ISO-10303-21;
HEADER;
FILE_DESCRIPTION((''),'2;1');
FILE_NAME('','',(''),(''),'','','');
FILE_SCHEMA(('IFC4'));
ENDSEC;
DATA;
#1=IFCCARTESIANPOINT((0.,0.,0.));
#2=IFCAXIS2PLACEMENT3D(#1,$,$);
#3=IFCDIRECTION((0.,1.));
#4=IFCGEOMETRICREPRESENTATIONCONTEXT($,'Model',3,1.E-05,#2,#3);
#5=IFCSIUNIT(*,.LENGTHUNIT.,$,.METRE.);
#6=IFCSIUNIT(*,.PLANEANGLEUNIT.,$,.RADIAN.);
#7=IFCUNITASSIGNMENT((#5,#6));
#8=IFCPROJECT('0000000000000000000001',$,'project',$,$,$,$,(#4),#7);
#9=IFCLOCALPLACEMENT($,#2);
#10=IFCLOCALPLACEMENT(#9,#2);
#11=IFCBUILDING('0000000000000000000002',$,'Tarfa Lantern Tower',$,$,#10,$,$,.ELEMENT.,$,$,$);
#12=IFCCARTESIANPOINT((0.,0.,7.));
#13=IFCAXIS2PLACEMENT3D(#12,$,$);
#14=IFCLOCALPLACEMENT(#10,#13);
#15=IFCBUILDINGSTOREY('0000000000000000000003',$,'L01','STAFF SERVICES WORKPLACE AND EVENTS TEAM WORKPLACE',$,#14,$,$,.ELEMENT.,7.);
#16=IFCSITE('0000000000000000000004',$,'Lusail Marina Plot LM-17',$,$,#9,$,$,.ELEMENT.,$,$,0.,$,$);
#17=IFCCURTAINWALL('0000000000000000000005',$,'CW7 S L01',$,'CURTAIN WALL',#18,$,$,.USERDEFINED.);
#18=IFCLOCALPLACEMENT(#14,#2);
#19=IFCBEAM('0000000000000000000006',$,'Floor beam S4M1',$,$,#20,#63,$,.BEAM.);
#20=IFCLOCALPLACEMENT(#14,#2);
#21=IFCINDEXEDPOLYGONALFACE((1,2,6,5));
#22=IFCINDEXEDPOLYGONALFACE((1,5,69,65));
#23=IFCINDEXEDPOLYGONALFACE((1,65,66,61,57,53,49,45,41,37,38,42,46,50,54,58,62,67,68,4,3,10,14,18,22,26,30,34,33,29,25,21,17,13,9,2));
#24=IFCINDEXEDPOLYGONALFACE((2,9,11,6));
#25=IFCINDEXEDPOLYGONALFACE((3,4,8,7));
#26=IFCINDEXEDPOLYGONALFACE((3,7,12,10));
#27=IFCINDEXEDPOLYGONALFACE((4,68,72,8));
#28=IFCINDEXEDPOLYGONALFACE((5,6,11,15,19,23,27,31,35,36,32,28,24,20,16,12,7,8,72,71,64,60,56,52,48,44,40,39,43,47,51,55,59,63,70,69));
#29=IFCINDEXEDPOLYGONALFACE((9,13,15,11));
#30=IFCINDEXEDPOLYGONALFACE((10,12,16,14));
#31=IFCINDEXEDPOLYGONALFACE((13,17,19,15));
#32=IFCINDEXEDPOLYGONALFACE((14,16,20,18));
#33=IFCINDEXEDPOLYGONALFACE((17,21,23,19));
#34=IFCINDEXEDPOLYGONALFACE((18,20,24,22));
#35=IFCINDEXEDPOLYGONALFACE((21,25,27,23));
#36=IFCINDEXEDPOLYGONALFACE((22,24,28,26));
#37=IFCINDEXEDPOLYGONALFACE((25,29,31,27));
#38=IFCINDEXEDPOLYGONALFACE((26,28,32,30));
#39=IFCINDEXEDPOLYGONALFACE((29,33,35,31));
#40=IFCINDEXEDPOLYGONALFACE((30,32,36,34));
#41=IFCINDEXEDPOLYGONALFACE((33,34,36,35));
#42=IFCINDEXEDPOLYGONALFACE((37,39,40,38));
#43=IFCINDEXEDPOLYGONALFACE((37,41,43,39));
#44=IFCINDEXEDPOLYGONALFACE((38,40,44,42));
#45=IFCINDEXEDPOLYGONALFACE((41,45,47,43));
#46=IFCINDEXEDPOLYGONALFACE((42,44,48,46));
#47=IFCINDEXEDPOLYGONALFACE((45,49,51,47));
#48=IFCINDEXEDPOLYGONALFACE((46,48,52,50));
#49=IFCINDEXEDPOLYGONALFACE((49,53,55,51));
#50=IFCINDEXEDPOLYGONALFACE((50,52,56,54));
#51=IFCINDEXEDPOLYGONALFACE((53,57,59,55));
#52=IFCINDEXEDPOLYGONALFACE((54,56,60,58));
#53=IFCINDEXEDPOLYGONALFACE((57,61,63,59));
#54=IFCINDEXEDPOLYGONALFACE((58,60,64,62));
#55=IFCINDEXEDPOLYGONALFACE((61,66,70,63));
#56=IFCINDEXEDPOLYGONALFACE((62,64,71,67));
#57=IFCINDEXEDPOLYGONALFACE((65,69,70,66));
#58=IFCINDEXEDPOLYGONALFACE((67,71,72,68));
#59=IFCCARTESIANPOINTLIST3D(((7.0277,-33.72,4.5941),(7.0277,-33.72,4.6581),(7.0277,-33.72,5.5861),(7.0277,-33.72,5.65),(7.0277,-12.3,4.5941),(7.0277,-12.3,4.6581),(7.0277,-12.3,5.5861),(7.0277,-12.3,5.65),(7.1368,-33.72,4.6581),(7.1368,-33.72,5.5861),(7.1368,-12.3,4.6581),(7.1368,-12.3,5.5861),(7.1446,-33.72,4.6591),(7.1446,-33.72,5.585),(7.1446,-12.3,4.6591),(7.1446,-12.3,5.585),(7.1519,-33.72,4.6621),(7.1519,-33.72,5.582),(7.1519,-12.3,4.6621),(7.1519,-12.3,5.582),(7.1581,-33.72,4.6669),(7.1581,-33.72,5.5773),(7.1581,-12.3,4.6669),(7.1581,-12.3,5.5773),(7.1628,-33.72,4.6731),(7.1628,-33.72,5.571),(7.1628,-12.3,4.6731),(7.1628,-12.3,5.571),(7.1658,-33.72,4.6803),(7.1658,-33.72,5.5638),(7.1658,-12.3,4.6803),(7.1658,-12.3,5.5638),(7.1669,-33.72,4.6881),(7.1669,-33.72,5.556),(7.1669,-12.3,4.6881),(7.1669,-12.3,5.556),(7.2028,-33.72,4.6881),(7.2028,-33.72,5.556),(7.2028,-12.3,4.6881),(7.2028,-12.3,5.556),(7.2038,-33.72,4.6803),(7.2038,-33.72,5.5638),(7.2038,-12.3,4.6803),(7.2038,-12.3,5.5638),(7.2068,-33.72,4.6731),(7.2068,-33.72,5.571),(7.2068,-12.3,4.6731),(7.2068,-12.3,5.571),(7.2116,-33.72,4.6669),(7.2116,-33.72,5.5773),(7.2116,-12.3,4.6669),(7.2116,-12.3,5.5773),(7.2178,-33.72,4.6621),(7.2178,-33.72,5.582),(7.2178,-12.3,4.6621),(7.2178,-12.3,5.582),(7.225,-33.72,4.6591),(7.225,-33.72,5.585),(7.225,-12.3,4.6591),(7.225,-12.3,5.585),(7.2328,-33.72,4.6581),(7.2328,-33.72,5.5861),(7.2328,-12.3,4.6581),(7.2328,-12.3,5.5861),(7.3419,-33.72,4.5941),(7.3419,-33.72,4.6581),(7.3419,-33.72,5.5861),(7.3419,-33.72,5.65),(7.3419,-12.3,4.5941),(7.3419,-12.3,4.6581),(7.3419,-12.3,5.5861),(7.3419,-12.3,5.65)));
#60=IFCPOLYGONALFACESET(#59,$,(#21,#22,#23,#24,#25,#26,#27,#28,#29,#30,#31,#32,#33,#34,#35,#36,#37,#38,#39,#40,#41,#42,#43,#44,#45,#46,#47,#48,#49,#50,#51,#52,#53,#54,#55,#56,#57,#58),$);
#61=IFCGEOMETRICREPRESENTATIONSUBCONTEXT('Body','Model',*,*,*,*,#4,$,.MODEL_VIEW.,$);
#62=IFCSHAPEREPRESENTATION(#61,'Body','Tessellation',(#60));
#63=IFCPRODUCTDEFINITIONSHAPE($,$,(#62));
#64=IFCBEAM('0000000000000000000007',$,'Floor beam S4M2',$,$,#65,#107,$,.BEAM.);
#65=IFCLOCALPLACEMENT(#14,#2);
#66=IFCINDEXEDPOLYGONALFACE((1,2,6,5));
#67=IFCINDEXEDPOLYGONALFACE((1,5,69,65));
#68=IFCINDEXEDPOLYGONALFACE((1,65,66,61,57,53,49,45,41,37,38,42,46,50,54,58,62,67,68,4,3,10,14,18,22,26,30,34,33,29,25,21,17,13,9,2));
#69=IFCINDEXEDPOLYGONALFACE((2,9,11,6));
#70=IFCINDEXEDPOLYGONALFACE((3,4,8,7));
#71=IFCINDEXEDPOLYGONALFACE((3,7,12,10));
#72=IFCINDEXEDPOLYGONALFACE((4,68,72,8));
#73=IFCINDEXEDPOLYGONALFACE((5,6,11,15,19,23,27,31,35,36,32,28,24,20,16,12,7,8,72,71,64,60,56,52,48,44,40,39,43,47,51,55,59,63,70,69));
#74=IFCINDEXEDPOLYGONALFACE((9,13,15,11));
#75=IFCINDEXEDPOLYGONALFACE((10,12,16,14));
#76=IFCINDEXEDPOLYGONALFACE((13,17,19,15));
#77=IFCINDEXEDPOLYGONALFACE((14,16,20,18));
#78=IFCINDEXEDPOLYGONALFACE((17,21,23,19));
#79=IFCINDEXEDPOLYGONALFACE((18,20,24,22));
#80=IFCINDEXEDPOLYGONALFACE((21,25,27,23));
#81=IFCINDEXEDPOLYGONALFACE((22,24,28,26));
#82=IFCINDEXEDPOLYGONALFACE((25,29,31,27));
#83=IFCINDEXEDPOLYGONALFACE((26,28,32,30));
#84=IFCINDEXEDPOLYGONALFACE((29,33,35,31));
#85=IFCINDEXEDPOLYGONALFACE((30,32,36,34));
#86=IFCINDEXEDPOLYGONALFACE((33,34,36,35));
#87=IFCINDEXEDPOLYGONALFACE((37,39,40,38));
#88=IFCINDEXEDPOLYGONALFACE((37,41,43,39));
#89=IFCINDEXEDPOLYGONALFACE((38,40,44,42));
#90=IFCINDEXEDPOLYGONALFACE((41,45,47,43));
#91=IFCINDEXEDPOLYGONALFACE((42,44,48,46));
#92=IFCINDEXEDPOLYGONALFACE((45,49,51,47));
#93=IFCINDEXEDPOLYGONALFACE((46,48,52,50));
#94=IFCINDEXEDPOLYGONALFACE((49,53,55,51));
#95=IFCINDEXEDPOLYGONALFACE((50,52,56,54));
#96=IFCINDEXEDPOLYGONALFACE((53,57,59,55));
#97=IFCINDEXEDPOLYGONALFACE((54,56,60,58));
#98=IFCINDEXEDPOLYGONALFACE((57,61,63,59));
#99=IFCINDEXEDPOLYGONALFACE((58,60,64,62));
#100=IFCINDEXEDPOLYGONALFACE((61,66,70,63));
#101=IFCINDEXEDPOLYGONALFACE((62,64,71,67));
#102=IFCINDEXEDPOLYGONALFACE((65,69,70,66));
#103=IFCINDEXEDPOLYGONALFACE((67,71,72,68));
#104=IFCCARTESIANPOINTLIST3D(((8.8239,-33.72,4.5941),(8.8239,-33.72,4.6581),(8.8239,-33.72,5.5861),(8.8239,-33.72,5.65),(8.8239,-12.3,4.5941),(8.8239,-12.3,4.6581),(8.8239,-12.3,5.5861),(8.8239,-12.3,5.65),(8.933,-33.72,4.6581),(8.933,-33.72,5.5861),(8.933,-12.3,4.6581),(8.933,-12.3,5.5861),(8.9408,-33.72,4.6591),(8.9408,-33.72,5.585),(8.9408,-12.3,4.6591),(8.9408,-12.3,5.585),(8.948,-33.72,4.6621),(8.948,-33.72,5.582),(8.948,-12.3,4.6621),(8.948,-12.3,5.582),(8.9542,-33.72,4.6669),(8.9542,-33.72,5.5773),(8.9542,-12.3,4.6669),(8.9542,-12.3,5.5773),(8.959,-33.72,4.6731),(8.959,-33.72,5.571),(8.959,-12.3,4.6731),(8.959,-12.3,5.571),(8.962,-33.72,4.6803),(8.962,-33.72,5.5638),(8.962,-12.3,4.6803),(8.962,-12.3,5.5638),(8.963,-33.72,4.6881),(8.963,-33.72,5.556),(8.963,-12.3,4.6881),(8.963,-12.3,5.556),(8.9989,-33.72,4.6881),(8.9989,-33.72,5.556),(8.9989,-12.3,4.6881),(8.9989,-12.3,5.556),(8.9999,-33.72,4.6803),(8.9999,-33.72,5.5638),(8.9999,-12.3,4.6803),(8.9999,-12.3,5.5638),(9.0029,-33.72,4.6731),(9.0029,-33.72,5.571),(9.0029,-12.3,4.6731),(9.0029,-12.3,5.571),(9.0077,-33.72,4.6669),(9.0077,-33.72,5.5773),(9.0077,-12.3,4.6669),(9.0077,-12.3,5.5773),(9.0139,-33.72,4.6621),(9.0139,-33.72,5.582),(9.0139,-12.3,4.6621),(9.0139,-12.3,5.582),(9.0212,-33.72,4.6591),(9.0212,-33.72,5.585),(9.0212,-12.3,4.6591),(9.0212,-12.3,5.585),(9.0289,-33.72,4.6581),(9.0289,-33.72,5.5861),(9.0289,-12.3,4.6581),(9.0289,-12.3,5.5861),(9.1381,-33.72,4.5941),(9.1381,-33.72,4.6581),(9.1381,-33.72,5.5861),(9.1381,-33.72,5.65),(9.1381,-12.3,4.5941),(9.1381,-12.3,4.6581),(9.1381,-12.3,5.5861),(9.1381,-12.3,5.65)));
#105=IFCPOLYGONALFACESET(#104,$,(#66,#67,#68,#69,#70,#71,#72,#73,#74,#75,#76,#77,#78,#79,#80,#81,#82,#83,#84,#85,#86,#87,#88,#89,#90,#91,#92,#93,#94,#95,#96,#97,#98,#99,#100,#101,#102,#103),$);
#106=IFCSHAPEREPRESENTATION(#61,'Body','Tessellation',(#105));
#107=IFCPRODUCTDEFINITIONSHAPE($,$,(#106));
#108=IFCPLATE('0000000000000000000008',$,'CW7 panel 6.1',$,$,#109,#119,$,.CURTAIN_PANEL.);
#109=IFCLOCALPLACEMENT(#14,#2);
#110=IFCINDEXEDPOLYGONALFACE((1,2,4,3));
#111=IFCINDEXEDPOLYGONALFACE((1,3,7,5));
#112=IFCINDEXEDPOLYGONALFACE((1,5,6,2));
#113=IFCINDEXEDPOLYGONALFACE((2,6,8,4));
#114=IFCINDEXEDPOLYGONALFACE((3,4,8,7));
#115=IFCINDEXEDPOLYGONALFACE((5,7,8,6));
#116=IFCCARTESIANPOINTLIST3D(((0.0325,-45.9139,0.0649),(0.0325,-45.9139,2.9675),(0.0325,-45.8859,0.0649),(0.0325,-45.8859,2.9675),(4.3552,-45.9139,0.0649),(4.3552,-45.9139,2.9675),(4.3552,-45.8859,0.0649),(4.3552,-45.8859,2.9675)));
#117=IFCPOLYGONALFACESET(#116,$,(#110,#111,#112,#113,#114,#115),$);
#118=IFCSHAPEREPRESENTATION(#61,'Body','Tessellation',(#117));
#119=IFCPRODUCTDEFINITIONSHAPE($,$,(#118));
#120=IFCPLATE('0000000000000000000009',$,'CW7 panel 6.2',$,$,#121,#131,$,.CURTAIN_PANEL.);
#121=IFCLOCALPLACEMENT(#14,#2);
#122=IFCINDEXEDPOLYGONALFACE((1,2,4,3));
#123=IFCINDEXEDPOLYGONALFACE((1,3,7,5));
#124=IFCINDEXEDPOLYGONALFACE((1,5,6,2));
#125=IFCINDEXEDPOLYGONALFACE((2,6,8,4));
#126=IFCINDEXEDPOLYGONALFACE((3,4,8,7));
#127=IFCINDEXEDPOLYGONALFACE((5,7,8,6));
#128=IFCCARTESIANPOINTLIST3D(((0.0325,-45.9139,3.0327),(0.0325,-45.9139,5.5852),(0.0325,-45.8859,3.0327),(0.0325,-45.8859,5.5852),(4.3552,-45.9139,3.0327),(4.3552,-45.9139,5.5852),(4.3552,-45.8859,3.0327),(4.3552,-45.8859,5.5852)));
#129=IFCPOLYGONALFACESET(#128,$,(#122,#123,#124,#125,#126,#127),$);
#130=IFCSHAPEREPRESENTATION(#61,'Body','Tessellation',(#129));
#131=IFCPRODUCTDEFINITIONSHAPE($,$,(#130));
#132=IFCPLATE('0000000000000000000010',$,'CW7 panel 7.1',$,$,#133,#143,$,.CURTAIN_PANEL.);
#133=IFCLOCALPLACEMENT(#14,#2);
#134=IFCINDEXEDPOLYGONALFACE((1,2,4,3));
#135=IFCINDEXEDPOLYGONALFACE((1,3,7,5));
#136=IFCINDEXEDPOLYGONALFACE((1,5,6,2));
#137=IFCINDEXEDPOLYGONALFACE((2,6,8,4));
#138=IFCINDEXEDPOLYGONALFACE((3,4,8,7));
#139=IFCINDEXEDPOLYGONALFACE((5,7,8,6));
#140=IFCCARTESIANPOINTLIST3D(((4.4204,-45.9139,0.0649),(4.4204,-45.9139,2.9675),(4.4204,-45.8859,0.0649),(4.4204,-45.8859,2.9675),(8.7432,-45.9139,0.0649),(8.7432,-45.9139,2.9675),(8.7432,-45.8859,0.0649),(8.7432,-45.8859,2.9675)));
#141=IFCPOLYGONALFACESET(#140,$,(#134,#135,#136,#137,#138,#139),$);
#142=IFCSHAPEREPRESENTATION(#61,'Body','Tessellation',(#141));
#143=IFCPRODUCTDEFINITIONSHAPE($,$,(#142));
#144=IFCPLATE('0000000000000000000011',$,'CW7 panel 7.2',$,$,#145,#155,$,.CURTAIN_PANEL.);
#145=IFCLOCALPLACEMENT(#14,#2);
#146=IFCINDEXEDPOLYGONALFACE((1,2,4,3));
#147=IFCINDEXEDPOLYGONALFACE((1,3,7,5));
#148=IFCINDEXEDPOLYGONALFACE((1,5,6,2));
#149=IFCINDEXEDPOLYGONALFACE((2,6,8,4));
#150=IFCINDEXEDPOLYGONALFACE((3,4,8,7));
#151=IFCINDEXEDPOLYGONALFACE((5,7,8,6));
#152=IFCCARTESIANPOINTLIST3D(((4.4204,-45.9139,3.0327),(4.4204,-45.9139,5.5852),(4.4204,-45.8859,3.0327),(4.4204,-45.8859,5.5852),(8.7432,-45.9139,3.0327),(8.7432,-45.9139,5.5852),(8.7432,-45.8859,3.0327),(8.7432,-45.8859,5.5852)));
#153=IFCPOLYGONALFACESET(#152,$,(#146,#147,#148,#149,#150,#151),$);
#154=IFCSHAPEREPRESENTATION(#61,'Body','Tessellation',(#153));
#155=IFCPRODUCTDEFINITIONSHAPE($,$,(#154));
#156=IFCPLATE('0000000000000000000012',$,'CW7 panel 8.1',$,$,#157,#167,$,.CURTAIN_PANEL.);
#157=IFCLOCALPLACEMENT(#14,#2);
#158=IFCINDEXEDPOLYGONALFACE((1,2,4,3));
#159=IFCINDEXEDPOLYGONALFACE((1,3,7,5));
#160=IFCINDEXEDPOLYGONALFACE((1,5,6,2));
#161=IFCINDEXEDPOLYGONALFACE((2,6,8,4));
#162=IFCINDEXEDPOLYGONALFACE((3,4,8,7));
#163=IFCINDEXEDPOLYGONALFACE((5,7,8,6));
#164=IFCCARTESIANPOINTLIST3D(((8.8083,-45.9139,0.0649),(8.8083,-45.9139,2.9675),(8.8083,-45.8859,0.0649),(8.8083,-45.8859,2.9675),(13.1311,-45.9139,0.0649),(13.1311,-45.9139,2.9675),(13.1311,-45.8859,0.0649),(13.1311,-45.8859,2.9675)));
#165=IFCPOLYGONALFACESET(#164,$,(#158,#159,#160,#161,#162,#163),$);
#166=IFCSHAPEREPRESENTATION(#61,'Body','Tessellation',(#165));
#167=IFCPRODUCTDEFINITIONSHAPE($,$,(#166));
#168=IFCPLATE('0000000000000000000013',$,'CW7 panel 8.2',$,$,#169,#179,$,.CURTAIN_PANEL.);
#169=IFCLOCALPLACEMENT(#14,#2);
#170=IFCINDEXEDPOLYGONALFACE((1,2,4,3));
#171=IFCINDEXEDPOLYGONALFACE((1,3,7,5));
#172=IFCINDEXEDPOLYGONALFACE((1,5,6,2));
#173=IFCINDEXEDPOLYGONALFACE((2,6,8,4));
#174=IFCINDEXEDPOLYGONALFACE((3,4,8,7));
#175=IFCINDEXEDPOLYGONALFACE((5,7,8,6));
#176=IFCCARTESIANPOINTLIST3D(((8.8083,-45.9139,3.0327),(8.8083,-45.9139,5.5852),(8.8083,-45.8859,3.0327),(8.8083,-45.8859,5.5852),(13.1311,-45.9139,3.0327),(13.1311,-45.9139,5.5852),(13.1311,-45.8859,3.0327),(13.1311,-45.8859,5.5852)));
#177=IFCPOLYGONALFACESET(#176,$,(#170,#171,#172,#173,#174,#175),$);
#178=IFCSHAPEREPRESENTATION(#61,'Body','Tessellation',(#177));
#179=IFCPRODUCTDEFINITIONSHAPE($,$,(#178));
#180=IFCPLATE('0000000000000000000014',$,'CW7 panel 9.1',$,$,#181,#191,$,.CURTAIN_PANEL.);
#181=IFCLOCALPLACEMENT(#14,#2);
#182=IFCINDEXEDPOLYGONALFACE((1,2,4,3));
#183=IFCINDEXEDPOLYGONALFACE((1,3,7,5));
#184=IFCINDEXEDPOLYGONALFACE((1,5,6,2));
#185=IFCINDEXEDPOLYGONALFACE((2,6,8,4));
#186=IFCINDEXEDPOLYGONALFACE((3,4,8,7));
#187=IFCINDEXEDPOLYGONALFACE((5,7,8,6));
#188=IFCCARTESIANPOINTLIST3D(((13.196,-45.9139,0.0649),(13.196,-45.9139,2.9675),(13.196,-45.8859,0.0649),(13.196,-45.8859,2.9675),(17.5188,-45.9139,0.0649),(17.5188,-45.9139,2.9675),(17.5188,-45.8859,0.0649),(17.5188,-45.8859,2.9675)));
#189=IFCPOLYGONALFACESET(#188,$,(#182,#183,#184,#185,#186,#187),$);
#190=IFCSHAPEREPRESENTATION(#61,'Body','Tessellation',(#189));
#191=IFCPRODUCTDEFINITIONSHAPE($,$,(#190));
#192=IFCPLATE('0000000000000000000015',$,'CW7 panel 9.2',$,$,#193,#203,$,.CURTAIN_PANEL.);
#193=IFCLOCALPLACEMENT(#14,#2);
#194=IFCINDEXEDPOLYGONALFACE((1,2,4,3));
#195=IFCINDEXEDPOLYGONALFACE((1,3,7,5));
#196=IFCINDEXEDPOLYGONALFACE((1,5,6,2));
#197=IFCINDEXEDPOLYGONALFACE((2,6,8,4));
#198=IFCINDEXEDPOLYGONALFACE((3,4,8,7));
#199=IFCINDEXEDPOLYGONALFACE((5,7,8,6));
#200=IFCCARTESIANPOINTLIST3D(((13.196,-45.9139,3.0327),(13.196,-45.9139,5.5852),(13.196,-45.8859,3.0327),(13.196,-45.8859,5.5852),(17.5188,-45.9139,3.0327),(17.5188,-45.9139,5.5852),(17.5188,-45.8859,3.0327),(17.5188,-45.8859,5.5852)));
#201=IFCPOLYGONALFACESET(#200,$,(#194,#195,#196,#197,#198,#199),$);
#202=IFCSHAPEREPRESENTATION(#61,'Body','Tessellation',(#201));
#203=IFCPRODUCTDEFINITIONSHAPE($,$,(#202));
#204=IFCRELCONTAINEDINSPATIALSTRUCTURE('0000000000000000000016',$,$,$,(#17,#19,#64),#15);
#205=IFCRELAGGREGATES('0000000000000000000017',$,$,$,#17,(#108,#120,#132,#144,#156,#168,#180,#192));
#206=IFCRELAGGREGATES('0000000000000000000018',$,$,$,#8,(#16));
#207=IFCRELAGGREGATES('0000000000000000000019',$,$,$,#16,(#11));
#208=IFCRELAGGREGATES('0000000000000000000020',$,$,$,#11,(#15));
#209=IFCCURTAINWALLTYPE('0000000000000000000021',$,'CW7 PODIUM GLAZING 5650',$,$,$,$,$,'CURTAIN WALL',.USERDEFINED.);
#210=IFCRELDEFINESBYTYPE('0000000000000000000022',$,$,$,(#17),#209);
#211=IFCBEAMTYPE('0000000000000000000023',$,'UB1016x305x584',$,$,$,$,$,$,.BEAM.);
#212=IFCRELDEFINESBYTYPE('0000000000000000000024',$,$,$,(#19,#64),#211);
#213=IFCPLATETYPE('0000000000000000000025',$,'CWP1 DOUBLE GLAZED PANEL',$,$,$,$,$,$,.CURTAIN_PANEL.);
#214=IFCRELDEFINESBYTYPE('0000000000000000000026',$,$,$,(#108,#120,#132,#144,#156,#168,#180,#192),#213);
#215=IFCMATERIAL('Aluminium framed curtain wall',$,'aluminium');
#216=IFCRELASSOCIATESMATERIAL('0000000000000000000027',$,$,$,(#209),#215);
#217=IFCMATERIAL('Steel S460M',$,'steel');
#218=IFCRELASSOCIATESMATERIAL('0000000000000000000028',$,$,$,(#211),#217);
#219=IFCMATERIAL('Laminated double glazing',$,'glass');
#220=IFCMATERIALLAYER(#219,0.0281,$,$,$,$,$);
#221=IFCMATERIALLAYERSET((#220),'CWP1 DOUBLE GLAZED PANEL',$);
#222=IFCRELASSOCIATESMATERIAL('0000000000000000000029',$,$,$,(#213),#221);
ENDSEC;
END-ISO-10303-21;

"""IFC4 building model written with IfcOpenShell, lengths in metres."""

from ifc_helpers import new_model, si_unit, direction, frame, origin, origin_2d, place, context, subcontext, project, spatial, rectangle, i_section, extrude, material, layer, layer_set, material_profile, profile_set, type_object, element, aggregate, save


model = new_model("IFC4")

# Units and contexts
model_context = context("Model", 3, precision=1e-05, world=origin(), true_north=direction((0.0, 1.0)))
body_context = subcontext(model_context, "Body", "Model", "MODEL_VIEW")
ifc_project = project(units=[si_unit("LENGTHUNIT", "METRE"), si_unit("PLANEANGLEUNIT", "RADIAN")], contexts=[model_context])

# Site, building, storey
site_placement = place(None, origin())
site = spatial("IfcSite", under=ifc_project, at=site_placement, Name="Lusail Marina Plot LM-17", CompositionType="ELEMENT", RefElevation=0.0)
building_placement = place(site_placement, origin())
building = spatial("IfcBuilding", under=site, at=building_placement, Name="Tarfa Lantern Tower", CompositionType="ELEMENT")
storey_placement = place(building_placement, frame((0.0, 0.0, 7.0)))
storey = spatial("IfcBuildingStorey", under=building, at=storey_placement, Name="L01", Description="STAFF SERVICES WORKPLACE AND EVENTS TEAM WORKPLACE", CompositionType="ELEMENT", Elevation=7.0)

# Curtain wall
ifc_material_1 = material(Name="Aluminium framed curtain wall", Category="aluminium")
curtain_wall_type = type_object("IfcCurtainWallType", Name="CW7 PODIUM GLAZING 5650", ElementType="CURTAIN WALL", PredefinedType="USERDEFINED", material=ifc_material_1)
curtain_wall_placement = place(storey_placement, origin())
curtain_wall = element("IfcCurtainWall", 1, at=curtain_wall_placement, inside=storey, type_object=curtain_wall_type, Name="CW7 S L01", ObjectType="CURTAIN WALL", PredefinedType="USERDEFINED")

# Beams
ifc_material_2 = material(Name="Steel S460M", Category="steel")
ifc_material_profile_1 = material_profile(ifc_material_2, i_section(OverallWidth=0.3142, OverallDepth=1.0559, WebThickness=0.0359, FlangeThickness=0.064, FilletRadius=0.03, at=origin_2d()), Name="UB1016x305x584")
ifc_profile_set_1 = profile_set([ifc_material_profile_1], Name="Steel S460M")
beam_type_1 = type_object("IfcBeamType", Name="UB1016x305x584", PredefinedType="BEAM", material=ifc_profile_set_1)
for number, where, z_axis, x_axis, name in (
    (2, (7.1848, -33.72, 5.1221), (0.0, 1.0, 0.0), (-1.0, 0.0, 0.0), "Floor beam S4M1"),
    (3, (8.981, -33.72, 5.1221), (0.0, 1.0, 0.0), (-1.0, 0.0, 0.0), "Floor beam S4M2"),
):
    element("IfcBeam", number, at=place(storey_placement, frame(where, z_axis=z_axis, x_axis=x_axis)), inside=storey, type_object=beam_type_1, Name=name, PredefinedType="BEAM", context=body_context, shape_type="SweptSolid", body=[
        extrude(i_section(OverallWidth=0.3142, OverallDepth=1.0559, WebThickness=0.0359, FlangeThickness=0.064, FilletRadius=0.03, at=origin_2d()), origin(), (0.0, 0.0, 1.0), 21.4199),
    ])

# Plates
ifc_material_3 = material(Name="Laminated double glazing", Category="glass")
ifc_layer_1 = layer(ifc_material_3, 0.0281)
ifc_layer_set_1 = layer_set([ifc_layer_1], Name="CWP1 DOUBLE GLAZED PANEL")
plate_type = type_object("IfcPlateType", Name="CWP1 DOUBLE GLAZED PANEL", PredefinedType="CURTAIN_PANEL", material=ifc_layer_set_1)
plate_1_placement = place(storey_placement, frame((2.1938, -45.8999, 0.0649), z_axis=(0.0, 0.0, 1.0), x_axis=(1.0, 0.0, 0.0)))
plate_1 = element("IfcPlate", 4, at=plate_1_placement, type_object=plate_type, Name="CW7 panel 6.1", PredefinedType="CURTAIN_PANEL", context=body_context, shape_type="SweptSolid", body=[
    extrude(rectangle(XDim=4.3228, YDim=0.0281, at=origin_2d()), origin(), (0.0, 0.0, 1.0), 2.9026),
])
plate_2_placement = place(storey_placement, frame((2.1938, -45.8999, 3.0327), z_axis=(0.0, 0.0, 1.0), x_axis=(1.0, 0.0, 0.0)))
plate_2 = element("IfcPlate", 5, at=plate_2_placement, type_object=plate_type, Name="CW7 panel 6.2", PredefinedType="CURTAIN_PANEL", context=body_context, shape_type="SweptSolid", body=[
    extrude(rectangle(XDim=4.3228, YDim=0.0281, at=origin_2d()), origin(), (0.0, 0.0, 1.0), 2.5525),
])
plate_3_placement = place(storey_placement, frame((6.5818, -45.8999, 0.0649), z_axis=(0.0, 0.0, 1.0), x_axis=(1.0, 0.0, 0.0)))
plate_3 = element("IfcPlate", 6, at=plate_3_placement, type_object=plate_type, Name="CW7 panel 7.1", PredefinedType="CURTAIN_PANEL", context=body_context, shape_type="SweptSolid", body=[
    extrude(rectangle(XDim=4.3228, YDim=0.0281, at=origin_2d()), origin(), (0.0, 0.0, 1.0), 2.9026),
])
plate_4_placement = place(storey_placement, frame((6.5818, -45.8999, 3.0327), z_axis=(0.0, 0.0, 1.0), x_axis=(1.0, 0.0, 0.0)))
plate_4 = element("IfcPlate", 7, at=plate_4_placement, type_object=plate_type, Name="CW7 panel 7.2", PredefinedType="CURTAIN_PANEL", context=body_context, shape_type="SweptSolid", body=[
    extrude(rectangle(XDim=4.3228, YDim=0.0281, at=origin_2d()), origin(), (0.0, 0.0, 1.0), 2.5525),
])
plate_5_placement = place(storey_placement, frame((10.9697, -45.8999, 0.0649), z_axis=(0.0, 0.0, 1.0), x_axis=(1.0, 0.0, 0.0)))
plate_5 = element("IfcPlate", 8, at=plate_5_placement, type_object=plate_type, Name="CW7 panel 8.1", PredefinedType="CURTAIN_PANEL", context=body_context, shape_type="SweptSolid", body=[
    extrude(rectangle(XDim=4.3228, YDim=0.0281, at=origin_2d()), origin(), (0.0, 0.0, 1.0), 2.9026),
])
plate_6_placement = place(storey_placement, frame((10.9697, -45.8999, 3.0327), z_axis=(0.0, 0.0, 1.0), x_axis=(1.0, 0.0, 0.0)))
plate_6 = element("IfcPlate", 9, at=plate_6_placement, type_object=plate_type, Name="CW7 panel 8.2", PredefinedType="CURTAIN_PANEL", context=body_context, shape_type="SweptSolid", body=[
    extrude(rectangle(XDim=4.3228, YDim=0.0281, at=origin_2d()), origin(), (0.0, 0.0, 1.0), 2.5525),
])
plate_7_placement = place(storey_placement, frame((15.3574, -45.8999, 0.0649), z_axis=(0.0, 0.0, 1.0), x_axis=(1.0, 0.0, 0.0)))
plate_7 = element("IfcPlate", 10, at=plate_7_placement, type_object=plate_type, Name="CW7 panel 9.1", PredefinedType="CURTAIN_PANEL", context=body_context, shape_type="SweptSolid", body=[
    extrude(rectangle(XDim=4.3228, YDim=0.0281, at=origin_2d()), origin(), (0.0, 0.0, 1.0), 2.9026),
])
plate_8_placement = place(storey_placement, frame((15.3574, -45.8999, 3.0327), z_axis=(0.0, 0.0, 1.0), x_axis=(1.0, 0.0, 0.0)))
plate_8 = element("IfcPlate", 11, at=plate_8_placement, type_object=plate_type, Name="CW7 panel 9.2", PredefinedType="CURTAIN_PANEL", context=body_context, shape_type="SweptSolid", body=[
    extrude(rectangle(XDim=4.3228, YDim=0.0281, at=origin_2d()), origin(), (0.0, 0.0, 1.0), 2.5525),
])
aggregate(curtain_wall, [plate_1, plate_2, plate_3, plate_4, plate_5, plate_6, plate_7, plate_8])

save(model, "model.ifc")
